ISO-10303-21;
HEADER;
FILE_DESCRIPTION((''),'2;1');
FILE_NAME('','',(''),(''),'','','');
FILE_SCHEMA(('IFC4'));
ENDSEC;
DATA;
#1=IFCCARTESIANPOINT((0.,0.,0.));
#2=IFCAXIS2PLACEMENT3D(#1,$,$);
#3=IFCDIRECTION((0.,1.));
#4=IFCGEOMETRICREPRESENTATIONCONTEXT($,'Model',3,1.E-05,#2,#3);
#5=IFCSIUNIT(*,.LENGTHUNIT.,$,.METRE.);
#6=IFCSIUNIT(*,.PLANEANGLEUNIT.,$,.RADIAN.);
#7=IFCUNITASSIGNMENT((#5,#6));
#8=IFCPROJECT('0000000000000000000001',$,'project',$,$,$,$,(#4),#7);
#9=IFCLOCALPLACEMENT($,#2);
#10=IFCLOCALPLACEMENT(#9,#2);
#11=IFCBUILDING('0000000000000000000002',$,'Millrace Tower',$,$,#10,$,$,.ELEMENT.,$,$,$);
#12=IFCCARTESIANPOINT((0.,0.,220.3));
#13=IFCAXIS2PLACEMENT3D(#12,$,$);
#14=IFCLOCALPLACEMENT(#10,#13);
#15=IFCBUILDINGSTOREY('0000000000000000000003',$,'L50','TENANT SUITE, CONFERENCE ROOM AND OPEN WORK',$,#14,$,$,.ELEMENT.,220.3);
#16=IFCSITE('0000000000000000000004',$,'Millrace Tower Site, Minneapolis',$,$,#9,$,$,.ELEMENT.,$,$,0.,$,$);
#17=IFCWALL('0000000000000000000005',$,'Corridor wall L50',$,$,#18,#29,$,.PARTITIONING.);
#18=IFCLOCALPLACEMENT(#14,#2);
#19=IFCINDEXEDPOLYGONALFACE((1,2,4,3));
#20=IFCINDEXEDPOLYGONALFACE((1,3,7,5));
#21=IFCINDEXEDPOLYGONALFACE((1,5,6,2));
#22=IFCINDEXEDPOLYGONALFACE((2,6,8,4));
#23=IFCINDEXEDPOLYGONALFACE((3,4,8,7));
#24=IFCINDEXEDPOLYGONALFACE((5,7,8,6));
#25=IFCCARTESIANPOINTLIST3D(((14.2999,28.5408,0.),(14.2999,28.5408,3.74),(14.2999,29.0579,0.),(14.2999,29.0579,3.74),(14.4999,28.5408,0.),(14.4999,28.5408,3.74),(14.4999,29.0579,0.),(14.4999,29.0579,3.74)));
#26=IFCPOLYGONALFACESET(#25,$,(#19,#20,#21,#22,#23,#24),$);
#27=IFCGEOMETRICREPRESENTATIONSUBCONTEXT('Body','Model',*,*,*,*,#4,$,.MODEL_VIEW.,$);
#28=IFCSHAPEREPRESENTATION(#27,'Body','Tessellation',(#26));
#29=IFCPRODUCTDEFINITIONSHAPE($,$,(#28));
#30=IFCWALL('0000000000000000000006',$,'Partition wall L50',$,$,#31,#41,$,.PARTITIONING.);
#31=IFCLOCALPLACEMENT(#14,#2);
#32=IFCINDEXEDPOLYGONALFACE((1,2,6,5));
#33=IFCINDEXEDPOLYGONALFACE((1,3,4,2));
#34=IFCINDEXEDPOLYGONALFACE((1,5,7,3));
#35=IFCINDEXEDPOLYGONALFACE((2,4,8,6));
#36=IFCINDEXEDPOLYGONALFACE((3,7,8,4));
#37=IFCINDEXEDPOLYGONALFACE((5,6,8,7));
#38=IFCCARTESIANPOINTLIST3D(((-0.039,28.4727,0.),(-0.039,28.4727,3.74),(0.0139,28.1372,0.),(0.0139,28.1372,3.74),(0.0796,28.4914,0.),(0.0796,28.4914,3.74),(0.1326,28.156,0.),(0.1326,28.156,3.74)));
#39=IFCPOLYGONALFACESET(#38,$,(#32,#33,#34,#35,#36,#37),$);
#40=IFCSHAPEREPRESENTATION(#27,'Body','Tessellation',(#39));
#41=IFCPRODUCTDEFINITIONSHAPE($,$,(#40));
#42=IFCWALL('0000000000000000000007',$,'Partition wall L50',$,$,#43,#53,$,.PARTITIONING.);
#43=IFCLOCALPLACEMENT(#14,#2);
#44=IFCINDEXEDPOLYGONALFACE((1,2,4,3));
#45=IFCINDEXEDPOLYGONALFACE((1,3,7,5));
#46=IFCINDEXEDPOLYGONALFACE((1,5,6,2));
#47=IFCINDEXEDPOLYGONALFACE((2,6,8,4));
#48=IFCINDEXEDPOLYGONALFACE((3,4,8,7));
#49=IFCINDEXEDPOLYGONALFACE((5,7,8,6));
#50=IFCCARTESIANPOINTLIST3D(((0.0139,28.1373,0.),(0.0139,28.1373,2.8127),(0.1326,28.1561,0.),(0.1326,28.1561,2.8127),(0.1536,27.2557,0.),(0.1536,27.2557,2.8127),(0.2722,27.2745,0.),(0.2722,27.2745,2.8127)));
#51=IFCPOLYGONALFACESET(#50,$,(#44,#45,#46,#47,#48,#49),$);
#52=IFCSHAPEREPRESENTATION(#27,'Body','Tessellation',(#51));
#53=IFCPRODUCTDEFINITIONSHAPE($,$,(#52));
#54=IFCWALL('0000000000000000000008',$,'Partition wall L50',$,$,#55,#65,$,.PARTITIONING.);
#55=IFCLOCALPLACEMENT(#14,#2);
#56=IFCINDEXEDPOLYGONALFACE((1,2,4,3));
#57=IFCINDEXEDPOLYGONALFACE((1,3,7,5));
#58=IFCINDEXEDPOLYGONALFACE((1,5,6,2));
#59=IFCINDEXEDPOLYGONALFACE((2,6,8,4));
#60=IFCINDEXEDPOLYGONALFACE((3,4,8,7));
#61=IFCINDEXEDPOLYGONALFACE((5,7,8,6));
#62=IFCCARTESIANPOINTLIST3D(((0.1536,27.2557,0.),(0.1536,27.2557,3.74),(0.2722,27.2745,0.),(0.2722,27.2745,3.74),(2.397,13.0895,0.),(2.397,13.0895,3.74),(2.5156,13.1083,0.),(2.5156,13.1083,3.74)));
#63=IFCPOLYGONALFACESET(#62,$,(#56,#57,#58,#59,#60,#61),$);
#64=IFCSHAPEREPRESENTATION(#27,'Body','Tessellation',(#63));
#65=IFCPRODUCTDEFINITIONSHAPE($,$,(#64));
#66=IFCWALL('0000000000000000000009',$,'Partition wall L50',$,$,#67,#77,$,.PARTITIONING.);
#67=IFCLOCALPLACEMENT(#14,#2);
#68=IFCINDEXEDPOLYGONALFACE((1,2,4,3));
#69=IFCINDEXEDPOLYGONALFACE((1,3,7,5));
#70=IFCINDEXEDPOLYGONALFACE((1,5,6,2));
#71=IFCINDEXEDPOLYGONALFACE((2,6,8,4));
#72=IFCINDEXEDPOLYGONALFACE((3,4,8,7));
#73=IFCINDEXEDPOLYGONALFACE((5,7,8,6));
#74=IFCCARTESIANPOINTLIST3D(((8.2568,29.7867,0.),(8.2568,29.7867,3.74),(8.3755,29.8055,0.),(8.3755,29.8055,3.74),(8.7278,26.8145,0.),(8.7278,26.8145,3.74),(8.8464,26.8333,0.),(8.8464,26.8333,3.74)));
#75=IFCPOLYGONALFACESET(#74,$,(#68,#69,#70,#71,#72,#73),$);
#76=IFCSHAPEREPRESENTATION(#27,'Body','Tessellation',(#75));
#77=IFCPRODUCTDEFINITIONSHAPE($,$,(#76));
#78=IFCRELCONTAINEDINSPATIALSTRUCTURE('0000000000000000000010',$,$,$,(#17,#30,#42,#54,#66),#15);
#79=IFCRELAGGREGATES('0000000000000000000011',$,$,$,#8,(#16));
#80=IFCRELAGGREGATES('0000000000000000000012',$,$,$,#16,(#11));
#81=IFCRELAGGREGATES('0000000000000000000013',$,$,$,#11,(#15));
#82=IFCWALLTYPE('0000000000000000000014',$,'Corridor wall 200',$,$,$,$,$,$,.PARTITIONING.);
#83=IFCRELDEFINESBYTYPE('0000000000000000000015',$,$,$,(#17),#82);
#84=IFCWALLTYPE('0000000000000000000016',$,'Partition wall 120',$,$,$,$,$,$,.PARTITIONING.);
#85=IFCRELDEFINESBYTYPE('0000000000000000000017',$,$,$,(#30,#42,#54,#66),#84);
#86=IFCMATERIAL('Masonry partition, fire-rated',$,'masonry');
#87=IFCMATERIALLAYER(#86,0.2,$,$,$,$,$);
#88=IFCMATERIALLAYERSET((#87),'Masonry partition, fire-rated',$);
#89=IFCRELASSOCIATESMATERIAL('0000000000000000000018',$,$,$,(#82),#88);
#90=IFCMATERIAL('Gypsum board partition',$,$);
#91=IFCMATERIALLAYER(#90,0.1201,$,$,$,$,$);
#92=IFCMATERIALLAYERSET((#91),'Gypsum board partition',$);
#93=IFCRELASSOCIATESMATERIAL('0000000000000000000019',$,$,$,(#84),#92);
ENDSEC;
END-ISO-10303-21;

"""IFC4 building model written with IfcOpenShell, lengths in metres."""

from ifc_helpers import new_model, si_unit, direction, frame, frame_2d, origin, place, context, subcontext, project, spatial, rectangle, extrude, material, layer, layer_set, type_object, element, save


model = new_model("IFC4")

# Units and contexts
model_context = context("Model", 3, precision=1e-05, world=origin(), true_north=direction((0.0, 1.0)))
body_context = subcontext(model_context, "Body", "Model", "MODEL_VIEW")
ifc_project = project(units=[si_unit("LENGTHUNIT", "METRE"), si_unit("PLANEANGLEUNIT", "RADIAN")], contexts=[model_context])

# Site, building, storey
site_placement = place(None, origin())
site = spatial("IfcSite", under=ifc_project, at=site_placement, Name="Millrace Tower Site, Minneapolis", CompositionType="ELEMENT", RefElevation=0.0)
building_placement = place(site_placement, origin())
building = spatial("IfcBuilding", under=site, at=building_placement, Name="Millrace Tower", CompositionType="ELEMENT")
storey_placement = place(building_placement, frame((0.0, 0.0, 220.3)))
storey = spatial("IfcBuildingStorey", under=building, at=storey_placement, Name="L50", Description="TENANT SUITE, CONFERENCE ROOM AND OPEN WORK", CompositionType="ELEMENT", Elevation=220.3)

# Walls
ifc_material_1 = material(Name="Masonry partition, fire-rated", Category="masonry")
ifc_layer_1 = layer(ifc_material_1, 0.2)
ifc_layer_set_1 = layer_set([ifc_layer_1], Name="Masonry partition, fire-rated")
wall_type_1 = type_object("IfcWallType", Name="Corridor wall 200", PredefinedType="PARTITIONING", material=ifc_layer_set_1)
wall_1_placement = place(storey_placement, frame((14.3999, 28.5408, 0.0), z_axis=(0.0, 0.0, 1.0), x_axis=(0.0, 1.0, 0.0)))
element("IfcWall", 1, at=wall_1_placement, inside=storey, type_object=wall_type_1, Name="Corridor wall L50", PredefinedType="PARTITIONING", context=body_context, shape_type="SweptSolid", body=[
    extrude(rectangle(XDim=0.5171, YDim=0.2, at=frame_2d((0.2585, 0.0))), origin(), (0.0, 0.0, 1.0), 3.74),
])
ifc_material_2 = material(Name="Gypsum board partition")
ifc_layer_2 = layer(ifc_material_2, 0.1201)
ifc_layer_set_2 = layer_set([ifc_layer_2], Name="Gypsum board partition")
wall_type_2 = type_object("IfcWallType", Name="Partition wall 120", PredefinedType="PARTITIONING", material=ifc_layer_set_2)
wall_2_placement = place(storey_placement, frame((0.0203, 28.4822, 0.0), z_axis=(0.0, 0.0, 1.0), x_axis=(0.155999, -0.987757, 0.0)))
element("IfcWall", 2, at=wall_2_placement, inside=storey, type_object=wall_type_2, Name="Partition wall L50", PredefinedType="PARTITIONING", context=body_context, shape_type="SweptSolid", body=[
    extrude(rectangle(XDim=0.3396, YDim=0.1201, at=frame_2d((0.1699, 0.0))), origin(), (0.0, 0.0, 1.0), 3.74),
])
wall_3_placement = place(storey_placement, frame((0.0732, 28.1467, 0.0), z_axis=(0.0, 0.0, 1.0), x_axis=(0.156454, -0.987685, 0.0)))
element("IfcWall", 3, at=wall_3_placement, inside=storey, type_object=wall_type_2, Name="Partition wall L50", PredefinedType="PARTITIONING", context=body_context, shape_type="SweptSolid", body=[
    extrude(rectangle(XDim=0.8926, YDim=0.1201, at=frame_2d((0.4463, 0.0))), origin(), (0.0, 0.0, 1.0), 2.8127),
])
wall_4_placement = place(storey_placement, frame((0.2129, 27.2651, 0.0), z_axis=(0.0, 0.0, 1.0), x_axis=(0.156414, -0.987692, 0.0)))
element("IfcWall", 4, at=wall_4_placement, inside=storey, type_object=wall_type_2, Name="Partition wall L50", PredefinedType="PARTITIONING", context=body_context, shape_type="SweptSolid", body=[
    extrude(rectangle(XDim=14.3428, YDim=0.1201, at=frame_2d((7.1714, 0.0))), origin(), (0.0, 0.0, 1.0), 3.74),
])
wall_5_placement = place(storey_placement, frame((8.3162, 29.7961, 0.0), z_axis=(0.0, 0.0, 1.0), x_axis=(0.1565, -0.987678, 0.0)))
element("IfcWall", 5, at=wall_5_placement, inside=storey, type_object=wall_type_2, Name="Partition wall L50", PredefinedType="PARTITIONING", context=body_context, shape_type="SweptSolid", body=[
    extrude(rectangle(XDim=3.0093, YDim=0.1201, at=frame_2d((1.5046, 0.0))), origin(), (0.0, 0.0, 1.0), 3.74),
])

save(model, "model.ifc")
